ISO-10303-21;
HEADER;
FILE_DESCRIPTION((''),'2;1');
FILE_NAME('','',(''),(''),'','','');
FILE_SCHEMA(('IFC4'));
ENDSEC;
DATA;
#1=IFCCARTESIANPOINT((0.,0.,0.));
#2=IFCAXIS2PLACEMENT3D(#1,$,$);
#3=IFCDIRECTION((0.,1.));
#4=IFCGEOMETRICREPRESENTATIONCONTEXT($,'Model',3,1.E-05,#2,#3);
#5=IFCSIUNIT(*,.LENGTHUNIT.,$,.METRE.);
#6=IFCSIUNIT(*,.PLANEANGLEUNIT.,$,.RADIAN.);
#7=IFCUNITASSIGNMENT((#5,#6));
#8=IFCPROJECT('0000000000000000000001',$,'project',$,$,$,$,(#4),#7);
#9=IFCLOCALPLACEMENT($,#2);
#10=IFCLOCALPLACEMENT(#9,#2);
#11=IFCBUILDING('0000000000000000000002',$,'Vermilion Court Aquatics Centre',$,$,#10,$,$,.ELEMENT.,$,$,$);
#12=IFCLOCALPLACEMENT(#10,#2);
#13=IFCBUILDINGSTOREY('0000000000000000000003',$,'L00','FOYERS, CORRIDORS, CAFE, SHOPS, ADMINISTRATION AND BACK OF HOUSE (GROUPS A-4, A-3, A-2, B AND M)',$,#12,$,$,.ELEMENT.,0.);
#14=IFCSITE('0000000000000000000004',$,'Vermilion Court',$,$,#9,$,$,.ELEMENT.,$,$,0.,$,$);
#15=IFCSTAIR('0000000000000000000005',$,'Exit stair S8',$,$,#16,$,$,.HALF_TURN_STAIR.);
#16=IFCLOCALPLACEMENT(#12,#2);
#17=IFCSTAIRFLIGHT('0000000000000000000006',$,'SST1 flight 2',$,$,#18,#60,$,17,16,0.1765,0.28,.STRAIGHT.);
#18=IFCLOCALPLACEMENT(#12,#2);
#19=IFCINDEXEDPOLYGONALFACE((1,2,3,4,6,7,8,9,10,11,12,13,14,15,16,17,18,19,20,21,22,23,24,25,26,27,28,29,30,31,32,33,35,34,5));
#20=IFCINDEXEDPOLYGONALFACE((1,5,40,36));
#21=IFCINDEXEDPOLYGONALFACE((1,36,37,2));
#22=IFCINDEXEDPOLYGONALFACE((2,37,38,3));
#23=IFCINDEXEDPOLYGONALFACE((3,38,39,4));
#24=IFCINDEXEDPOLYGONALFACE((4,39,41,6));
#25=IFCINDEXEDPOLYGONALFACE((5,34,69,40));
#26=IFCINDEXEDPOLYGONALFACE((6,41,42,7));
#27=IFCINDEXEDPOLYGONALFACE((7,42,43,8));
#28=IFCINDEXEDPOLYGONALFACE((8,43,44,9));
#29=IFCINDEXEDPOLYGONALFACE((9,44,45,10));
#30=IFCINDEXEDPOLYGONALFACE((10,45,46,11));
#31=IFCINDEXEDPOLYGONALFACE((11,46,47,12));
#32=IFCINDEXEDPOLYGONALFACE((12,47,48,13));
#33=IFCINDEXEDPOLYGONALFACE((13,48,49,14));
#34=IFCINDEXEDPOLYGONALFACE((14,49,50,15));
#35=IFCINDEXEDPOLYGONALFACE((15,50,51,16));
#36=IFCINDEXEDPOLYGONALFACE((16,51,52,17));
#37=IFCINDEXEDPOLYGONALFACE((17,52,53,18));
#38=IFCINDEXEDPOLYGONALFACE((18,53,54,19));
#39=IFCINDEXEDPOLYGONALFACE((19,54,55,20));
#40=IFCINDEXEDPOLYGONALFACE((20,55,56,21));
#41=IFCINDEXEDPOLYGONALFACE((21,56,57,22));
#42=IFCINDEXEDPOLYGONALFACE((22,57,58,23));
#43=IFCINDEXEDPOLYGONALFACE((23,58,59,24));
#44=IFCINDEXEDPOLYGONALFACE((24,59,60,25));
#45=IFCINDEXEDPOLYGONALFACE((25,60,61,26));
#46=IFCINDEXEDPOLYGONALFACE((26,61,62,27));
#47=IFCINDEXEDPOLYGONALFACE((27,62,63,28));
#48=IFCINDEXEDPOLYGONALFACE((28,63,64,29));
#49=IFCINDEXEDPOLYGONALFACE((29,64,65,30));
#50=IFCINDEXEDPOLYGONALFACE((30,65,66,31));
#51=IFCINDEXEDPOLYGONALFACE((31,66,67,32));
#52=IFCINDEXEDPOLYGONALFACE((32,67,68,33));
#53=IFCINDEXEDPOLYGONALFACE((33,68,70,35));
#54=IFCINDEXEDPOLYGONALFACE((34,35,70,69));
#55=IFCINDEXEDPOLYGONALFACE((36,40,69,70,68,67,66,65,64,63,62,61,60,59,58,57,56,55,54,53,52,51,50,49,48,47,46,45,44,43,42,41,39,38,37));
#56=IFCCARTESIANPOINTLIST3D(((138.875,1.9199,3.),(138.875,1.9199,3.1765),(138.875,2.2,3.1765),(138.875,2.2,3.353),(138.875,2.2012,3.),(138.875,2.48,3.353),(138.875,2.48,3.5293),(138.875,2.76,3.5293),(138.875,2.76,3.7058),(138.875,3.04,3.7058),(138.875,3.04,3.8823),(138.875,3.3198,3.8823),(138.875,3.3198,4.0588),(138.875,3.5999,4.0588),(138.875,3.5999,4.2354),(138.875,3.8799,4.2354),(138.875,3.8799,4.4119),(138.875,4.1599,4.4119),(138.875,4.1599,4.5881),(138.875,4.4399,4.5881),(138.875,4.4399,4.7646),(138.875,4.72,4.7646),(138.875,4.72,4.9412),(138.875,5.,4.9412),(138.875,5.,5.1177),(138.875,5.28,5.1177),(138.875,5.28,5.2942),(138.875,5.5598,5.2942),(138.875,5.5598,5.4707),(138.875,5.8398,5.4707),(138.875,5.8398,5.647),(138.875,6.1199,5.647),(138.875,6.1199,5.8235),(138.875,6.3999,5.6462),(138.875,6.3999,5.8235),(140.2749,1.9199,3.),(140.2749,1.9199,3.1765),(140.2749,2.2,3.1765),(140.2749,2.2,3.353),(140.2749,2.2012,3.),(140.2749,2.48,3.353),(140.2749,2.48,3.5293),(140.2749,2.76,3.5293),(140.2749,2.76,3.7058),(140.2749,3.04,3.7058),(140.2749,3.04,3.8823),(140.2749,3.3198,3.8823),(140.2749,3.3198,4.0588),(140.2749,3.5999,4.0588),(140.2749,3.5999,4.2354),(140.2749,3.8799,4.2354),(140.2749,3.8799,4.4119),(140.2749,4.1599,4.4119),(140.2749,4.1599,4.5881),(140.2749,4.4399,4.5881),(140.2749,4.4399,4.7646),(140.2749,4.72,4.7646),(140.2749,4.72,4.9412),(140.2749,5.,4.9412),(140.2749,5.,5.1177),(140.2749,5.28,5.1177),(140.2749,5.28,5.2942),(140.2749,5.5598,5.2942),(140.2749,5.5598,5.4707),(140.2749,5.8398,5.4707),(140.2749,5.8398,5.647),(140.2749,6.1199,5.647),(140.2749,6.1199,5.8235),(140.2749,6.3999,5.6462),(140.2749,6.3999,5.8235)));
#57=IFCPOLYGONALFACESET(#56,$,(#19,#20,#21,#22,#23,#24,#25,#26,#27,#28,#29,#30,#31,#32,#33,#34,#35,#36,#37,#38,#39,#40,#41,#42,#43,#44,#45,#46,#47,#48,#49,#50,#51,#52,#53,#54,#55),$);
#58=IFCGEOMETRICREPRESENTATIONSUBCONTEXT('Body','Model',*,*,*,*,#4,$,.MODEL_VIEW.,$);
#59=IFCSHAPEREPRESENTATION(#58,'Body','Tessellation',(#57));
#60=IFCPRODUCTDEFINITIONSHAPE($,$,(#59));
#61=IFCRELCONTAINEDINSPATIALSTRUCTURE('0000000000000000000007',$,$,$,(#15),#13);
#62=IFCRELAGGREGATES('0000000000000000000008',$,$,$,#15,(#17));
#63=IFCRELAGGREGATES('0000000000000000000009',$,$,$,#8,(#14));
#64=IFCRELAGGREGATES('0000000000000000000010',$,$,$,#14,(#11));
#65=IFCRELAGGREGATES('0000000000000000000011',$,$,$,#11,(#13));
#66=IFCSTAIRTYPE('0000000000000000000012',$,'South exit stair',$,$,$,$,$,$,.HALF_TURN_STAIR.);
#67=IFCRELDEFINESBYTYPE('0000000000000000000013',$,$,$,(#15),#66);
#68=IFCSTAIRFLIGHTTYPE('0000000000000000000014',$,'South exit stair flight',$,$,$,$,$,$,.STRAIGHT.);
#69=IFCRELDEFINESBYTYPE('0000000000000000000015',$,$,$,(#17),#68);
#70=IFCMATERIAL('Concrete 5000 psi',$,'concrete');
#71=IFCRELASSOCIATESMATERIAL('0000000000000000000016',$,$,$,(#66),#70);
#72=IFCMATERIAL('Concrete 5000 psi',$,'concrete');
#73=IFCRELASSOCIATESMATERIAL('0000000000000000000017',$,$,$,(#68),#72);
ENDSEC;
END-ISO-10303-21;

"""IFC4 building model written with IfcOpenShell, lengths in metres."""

from ifc_helpers import new_model, si_unit, direction, frame, origin, place, context, subcontext, project, spatial, polyline, outline, extrude, material, type_object, element, aggregate, save


model = new_model("IFC4")

# Units and contexts
model_context = context("Model", 3, precision=1e-05, world=origin(), true_north=direction((0.0, 1.0)))
body_context = subcontext(model_context, "Body", "Model", "MODEL_VIEW")
ifc_project = project(units=[si_unit("LENGTHUNIT", "METRE"), si_unit("PLANEANGLEUNIT", "RADIAN")], contexts=[model_context])

# Site, building, storey
site_placement = place(None, origin())
site = spatial("IfcSite", under=ifc_project, at=site_placement, Name="Vermilion Court", CompositionType="ELEMENT", RefElevation=0.0)
building_placement = place(site_placement, origin())
building = spatial("IfcBuilding", under=site, at=building_placement, Name="Vermilion Court Aquatics Centre", CompositionType="ELEMENT")
storey_placement = place(building_placement, origin())
storey = spatial("IfcBuildingStorey", under=building, at=storey_placement, Name="L00", Description="FOYERS, CORRIDORS, CAFE, SHOPS, ADMINISTRATION AND BACK OF HOUSE (GROUPS A-4, A-3, A-2, B AND M)", CompositionType="ELEMENT", Elevation=0.0)

# Stair, stair flight
ifc_material_1 = material(Name="Concrete 5000 psi", Category="concrete")
stair_type = type_object("IfcStairType", Name="South exit stair", PredefinedType="HALF_TURN_STAIR", material=ifc_material_1)
stair_placement = place(storey_placement, origin())
stair = element("IfcStair", 1, at=stair_placement, inside=storey, type_object=stair_type, Name="Exit stair S8", PredefinedType="HALF_TURN_STAIR")
ifc_material_2 = material(Name="Concrete 5000 psi", Category="concrete")
stair_flight_type = type_object("IfcStairFlightType", Name="South exit stair flight", PredefinedType="STRAIGHT", material=ifc_material_2)
stair_flight_1_placement = place(storey_placement, frame((139.575, 1.9199, 3.0), z_axis=(0.0, 0.0, 1.0), x_axis=(0.0, 1.0, 0.0)))
stair_flight_1 = element("IfcStairFlight", 2, at=stair_flight_1_placement, type_object=stair_flight_type, Name="SST1 flight 2", NumberOfRisers=17, NumberOfTreads=16, PredefinedType="STRAIGHT", RiserHeight=0.1765, TreadLength=0.28, context=body_context, shape_type="SweptSolid", body=[
    extrude(outline(polyline([(0.0, 0.0), (0.0, 0.1765), (0.28, 0.1765), (0.28, 0.353), (0.5601, 0.353), (0.5601, 0.5293), (0.8401, 0.5293), (0.8401, 0.7058), (1.1201, 0.7058), (1.1201, 0.8823), (1.3999, 0.8823), (1.3999, 1.0588), (1.6799, 1.0588), (1.6799, 1.2354), (1.96, 1.2354), (1.96, 1.4119), (2.24, 1.4119), (2.24, 1.5881), (2.52, 1.5881), (2.52, 1.7646), (2.8, 1.7646), (2.8, 1.9412), (3.0801, 1.9412), (3.0801, 2.1177), (3.3601, 2.1177), (3.3601, 2.2942), (3.6399, 2.2942), (3.6399, 2.4707), (3.9199, 2.4707), (3.9199, 2.647), (4.2, 2.647), (4.2, 2.8235), (4.48, 2.8235), (4.48, 3.0), (4.48, 2.6462), (0.2812, 0.0), (0.0, 0.0)])), frame((0.0, 0.7, 0.0), z_axis=(0.0, -1.0, 0.0), x_axis=(1.0, 0.0, 0.0)), (0.0, 0.0, 1.0), 1.3999),
])
aggregate(stair, [stair_flight_1])

save(model, "model.ifc")
